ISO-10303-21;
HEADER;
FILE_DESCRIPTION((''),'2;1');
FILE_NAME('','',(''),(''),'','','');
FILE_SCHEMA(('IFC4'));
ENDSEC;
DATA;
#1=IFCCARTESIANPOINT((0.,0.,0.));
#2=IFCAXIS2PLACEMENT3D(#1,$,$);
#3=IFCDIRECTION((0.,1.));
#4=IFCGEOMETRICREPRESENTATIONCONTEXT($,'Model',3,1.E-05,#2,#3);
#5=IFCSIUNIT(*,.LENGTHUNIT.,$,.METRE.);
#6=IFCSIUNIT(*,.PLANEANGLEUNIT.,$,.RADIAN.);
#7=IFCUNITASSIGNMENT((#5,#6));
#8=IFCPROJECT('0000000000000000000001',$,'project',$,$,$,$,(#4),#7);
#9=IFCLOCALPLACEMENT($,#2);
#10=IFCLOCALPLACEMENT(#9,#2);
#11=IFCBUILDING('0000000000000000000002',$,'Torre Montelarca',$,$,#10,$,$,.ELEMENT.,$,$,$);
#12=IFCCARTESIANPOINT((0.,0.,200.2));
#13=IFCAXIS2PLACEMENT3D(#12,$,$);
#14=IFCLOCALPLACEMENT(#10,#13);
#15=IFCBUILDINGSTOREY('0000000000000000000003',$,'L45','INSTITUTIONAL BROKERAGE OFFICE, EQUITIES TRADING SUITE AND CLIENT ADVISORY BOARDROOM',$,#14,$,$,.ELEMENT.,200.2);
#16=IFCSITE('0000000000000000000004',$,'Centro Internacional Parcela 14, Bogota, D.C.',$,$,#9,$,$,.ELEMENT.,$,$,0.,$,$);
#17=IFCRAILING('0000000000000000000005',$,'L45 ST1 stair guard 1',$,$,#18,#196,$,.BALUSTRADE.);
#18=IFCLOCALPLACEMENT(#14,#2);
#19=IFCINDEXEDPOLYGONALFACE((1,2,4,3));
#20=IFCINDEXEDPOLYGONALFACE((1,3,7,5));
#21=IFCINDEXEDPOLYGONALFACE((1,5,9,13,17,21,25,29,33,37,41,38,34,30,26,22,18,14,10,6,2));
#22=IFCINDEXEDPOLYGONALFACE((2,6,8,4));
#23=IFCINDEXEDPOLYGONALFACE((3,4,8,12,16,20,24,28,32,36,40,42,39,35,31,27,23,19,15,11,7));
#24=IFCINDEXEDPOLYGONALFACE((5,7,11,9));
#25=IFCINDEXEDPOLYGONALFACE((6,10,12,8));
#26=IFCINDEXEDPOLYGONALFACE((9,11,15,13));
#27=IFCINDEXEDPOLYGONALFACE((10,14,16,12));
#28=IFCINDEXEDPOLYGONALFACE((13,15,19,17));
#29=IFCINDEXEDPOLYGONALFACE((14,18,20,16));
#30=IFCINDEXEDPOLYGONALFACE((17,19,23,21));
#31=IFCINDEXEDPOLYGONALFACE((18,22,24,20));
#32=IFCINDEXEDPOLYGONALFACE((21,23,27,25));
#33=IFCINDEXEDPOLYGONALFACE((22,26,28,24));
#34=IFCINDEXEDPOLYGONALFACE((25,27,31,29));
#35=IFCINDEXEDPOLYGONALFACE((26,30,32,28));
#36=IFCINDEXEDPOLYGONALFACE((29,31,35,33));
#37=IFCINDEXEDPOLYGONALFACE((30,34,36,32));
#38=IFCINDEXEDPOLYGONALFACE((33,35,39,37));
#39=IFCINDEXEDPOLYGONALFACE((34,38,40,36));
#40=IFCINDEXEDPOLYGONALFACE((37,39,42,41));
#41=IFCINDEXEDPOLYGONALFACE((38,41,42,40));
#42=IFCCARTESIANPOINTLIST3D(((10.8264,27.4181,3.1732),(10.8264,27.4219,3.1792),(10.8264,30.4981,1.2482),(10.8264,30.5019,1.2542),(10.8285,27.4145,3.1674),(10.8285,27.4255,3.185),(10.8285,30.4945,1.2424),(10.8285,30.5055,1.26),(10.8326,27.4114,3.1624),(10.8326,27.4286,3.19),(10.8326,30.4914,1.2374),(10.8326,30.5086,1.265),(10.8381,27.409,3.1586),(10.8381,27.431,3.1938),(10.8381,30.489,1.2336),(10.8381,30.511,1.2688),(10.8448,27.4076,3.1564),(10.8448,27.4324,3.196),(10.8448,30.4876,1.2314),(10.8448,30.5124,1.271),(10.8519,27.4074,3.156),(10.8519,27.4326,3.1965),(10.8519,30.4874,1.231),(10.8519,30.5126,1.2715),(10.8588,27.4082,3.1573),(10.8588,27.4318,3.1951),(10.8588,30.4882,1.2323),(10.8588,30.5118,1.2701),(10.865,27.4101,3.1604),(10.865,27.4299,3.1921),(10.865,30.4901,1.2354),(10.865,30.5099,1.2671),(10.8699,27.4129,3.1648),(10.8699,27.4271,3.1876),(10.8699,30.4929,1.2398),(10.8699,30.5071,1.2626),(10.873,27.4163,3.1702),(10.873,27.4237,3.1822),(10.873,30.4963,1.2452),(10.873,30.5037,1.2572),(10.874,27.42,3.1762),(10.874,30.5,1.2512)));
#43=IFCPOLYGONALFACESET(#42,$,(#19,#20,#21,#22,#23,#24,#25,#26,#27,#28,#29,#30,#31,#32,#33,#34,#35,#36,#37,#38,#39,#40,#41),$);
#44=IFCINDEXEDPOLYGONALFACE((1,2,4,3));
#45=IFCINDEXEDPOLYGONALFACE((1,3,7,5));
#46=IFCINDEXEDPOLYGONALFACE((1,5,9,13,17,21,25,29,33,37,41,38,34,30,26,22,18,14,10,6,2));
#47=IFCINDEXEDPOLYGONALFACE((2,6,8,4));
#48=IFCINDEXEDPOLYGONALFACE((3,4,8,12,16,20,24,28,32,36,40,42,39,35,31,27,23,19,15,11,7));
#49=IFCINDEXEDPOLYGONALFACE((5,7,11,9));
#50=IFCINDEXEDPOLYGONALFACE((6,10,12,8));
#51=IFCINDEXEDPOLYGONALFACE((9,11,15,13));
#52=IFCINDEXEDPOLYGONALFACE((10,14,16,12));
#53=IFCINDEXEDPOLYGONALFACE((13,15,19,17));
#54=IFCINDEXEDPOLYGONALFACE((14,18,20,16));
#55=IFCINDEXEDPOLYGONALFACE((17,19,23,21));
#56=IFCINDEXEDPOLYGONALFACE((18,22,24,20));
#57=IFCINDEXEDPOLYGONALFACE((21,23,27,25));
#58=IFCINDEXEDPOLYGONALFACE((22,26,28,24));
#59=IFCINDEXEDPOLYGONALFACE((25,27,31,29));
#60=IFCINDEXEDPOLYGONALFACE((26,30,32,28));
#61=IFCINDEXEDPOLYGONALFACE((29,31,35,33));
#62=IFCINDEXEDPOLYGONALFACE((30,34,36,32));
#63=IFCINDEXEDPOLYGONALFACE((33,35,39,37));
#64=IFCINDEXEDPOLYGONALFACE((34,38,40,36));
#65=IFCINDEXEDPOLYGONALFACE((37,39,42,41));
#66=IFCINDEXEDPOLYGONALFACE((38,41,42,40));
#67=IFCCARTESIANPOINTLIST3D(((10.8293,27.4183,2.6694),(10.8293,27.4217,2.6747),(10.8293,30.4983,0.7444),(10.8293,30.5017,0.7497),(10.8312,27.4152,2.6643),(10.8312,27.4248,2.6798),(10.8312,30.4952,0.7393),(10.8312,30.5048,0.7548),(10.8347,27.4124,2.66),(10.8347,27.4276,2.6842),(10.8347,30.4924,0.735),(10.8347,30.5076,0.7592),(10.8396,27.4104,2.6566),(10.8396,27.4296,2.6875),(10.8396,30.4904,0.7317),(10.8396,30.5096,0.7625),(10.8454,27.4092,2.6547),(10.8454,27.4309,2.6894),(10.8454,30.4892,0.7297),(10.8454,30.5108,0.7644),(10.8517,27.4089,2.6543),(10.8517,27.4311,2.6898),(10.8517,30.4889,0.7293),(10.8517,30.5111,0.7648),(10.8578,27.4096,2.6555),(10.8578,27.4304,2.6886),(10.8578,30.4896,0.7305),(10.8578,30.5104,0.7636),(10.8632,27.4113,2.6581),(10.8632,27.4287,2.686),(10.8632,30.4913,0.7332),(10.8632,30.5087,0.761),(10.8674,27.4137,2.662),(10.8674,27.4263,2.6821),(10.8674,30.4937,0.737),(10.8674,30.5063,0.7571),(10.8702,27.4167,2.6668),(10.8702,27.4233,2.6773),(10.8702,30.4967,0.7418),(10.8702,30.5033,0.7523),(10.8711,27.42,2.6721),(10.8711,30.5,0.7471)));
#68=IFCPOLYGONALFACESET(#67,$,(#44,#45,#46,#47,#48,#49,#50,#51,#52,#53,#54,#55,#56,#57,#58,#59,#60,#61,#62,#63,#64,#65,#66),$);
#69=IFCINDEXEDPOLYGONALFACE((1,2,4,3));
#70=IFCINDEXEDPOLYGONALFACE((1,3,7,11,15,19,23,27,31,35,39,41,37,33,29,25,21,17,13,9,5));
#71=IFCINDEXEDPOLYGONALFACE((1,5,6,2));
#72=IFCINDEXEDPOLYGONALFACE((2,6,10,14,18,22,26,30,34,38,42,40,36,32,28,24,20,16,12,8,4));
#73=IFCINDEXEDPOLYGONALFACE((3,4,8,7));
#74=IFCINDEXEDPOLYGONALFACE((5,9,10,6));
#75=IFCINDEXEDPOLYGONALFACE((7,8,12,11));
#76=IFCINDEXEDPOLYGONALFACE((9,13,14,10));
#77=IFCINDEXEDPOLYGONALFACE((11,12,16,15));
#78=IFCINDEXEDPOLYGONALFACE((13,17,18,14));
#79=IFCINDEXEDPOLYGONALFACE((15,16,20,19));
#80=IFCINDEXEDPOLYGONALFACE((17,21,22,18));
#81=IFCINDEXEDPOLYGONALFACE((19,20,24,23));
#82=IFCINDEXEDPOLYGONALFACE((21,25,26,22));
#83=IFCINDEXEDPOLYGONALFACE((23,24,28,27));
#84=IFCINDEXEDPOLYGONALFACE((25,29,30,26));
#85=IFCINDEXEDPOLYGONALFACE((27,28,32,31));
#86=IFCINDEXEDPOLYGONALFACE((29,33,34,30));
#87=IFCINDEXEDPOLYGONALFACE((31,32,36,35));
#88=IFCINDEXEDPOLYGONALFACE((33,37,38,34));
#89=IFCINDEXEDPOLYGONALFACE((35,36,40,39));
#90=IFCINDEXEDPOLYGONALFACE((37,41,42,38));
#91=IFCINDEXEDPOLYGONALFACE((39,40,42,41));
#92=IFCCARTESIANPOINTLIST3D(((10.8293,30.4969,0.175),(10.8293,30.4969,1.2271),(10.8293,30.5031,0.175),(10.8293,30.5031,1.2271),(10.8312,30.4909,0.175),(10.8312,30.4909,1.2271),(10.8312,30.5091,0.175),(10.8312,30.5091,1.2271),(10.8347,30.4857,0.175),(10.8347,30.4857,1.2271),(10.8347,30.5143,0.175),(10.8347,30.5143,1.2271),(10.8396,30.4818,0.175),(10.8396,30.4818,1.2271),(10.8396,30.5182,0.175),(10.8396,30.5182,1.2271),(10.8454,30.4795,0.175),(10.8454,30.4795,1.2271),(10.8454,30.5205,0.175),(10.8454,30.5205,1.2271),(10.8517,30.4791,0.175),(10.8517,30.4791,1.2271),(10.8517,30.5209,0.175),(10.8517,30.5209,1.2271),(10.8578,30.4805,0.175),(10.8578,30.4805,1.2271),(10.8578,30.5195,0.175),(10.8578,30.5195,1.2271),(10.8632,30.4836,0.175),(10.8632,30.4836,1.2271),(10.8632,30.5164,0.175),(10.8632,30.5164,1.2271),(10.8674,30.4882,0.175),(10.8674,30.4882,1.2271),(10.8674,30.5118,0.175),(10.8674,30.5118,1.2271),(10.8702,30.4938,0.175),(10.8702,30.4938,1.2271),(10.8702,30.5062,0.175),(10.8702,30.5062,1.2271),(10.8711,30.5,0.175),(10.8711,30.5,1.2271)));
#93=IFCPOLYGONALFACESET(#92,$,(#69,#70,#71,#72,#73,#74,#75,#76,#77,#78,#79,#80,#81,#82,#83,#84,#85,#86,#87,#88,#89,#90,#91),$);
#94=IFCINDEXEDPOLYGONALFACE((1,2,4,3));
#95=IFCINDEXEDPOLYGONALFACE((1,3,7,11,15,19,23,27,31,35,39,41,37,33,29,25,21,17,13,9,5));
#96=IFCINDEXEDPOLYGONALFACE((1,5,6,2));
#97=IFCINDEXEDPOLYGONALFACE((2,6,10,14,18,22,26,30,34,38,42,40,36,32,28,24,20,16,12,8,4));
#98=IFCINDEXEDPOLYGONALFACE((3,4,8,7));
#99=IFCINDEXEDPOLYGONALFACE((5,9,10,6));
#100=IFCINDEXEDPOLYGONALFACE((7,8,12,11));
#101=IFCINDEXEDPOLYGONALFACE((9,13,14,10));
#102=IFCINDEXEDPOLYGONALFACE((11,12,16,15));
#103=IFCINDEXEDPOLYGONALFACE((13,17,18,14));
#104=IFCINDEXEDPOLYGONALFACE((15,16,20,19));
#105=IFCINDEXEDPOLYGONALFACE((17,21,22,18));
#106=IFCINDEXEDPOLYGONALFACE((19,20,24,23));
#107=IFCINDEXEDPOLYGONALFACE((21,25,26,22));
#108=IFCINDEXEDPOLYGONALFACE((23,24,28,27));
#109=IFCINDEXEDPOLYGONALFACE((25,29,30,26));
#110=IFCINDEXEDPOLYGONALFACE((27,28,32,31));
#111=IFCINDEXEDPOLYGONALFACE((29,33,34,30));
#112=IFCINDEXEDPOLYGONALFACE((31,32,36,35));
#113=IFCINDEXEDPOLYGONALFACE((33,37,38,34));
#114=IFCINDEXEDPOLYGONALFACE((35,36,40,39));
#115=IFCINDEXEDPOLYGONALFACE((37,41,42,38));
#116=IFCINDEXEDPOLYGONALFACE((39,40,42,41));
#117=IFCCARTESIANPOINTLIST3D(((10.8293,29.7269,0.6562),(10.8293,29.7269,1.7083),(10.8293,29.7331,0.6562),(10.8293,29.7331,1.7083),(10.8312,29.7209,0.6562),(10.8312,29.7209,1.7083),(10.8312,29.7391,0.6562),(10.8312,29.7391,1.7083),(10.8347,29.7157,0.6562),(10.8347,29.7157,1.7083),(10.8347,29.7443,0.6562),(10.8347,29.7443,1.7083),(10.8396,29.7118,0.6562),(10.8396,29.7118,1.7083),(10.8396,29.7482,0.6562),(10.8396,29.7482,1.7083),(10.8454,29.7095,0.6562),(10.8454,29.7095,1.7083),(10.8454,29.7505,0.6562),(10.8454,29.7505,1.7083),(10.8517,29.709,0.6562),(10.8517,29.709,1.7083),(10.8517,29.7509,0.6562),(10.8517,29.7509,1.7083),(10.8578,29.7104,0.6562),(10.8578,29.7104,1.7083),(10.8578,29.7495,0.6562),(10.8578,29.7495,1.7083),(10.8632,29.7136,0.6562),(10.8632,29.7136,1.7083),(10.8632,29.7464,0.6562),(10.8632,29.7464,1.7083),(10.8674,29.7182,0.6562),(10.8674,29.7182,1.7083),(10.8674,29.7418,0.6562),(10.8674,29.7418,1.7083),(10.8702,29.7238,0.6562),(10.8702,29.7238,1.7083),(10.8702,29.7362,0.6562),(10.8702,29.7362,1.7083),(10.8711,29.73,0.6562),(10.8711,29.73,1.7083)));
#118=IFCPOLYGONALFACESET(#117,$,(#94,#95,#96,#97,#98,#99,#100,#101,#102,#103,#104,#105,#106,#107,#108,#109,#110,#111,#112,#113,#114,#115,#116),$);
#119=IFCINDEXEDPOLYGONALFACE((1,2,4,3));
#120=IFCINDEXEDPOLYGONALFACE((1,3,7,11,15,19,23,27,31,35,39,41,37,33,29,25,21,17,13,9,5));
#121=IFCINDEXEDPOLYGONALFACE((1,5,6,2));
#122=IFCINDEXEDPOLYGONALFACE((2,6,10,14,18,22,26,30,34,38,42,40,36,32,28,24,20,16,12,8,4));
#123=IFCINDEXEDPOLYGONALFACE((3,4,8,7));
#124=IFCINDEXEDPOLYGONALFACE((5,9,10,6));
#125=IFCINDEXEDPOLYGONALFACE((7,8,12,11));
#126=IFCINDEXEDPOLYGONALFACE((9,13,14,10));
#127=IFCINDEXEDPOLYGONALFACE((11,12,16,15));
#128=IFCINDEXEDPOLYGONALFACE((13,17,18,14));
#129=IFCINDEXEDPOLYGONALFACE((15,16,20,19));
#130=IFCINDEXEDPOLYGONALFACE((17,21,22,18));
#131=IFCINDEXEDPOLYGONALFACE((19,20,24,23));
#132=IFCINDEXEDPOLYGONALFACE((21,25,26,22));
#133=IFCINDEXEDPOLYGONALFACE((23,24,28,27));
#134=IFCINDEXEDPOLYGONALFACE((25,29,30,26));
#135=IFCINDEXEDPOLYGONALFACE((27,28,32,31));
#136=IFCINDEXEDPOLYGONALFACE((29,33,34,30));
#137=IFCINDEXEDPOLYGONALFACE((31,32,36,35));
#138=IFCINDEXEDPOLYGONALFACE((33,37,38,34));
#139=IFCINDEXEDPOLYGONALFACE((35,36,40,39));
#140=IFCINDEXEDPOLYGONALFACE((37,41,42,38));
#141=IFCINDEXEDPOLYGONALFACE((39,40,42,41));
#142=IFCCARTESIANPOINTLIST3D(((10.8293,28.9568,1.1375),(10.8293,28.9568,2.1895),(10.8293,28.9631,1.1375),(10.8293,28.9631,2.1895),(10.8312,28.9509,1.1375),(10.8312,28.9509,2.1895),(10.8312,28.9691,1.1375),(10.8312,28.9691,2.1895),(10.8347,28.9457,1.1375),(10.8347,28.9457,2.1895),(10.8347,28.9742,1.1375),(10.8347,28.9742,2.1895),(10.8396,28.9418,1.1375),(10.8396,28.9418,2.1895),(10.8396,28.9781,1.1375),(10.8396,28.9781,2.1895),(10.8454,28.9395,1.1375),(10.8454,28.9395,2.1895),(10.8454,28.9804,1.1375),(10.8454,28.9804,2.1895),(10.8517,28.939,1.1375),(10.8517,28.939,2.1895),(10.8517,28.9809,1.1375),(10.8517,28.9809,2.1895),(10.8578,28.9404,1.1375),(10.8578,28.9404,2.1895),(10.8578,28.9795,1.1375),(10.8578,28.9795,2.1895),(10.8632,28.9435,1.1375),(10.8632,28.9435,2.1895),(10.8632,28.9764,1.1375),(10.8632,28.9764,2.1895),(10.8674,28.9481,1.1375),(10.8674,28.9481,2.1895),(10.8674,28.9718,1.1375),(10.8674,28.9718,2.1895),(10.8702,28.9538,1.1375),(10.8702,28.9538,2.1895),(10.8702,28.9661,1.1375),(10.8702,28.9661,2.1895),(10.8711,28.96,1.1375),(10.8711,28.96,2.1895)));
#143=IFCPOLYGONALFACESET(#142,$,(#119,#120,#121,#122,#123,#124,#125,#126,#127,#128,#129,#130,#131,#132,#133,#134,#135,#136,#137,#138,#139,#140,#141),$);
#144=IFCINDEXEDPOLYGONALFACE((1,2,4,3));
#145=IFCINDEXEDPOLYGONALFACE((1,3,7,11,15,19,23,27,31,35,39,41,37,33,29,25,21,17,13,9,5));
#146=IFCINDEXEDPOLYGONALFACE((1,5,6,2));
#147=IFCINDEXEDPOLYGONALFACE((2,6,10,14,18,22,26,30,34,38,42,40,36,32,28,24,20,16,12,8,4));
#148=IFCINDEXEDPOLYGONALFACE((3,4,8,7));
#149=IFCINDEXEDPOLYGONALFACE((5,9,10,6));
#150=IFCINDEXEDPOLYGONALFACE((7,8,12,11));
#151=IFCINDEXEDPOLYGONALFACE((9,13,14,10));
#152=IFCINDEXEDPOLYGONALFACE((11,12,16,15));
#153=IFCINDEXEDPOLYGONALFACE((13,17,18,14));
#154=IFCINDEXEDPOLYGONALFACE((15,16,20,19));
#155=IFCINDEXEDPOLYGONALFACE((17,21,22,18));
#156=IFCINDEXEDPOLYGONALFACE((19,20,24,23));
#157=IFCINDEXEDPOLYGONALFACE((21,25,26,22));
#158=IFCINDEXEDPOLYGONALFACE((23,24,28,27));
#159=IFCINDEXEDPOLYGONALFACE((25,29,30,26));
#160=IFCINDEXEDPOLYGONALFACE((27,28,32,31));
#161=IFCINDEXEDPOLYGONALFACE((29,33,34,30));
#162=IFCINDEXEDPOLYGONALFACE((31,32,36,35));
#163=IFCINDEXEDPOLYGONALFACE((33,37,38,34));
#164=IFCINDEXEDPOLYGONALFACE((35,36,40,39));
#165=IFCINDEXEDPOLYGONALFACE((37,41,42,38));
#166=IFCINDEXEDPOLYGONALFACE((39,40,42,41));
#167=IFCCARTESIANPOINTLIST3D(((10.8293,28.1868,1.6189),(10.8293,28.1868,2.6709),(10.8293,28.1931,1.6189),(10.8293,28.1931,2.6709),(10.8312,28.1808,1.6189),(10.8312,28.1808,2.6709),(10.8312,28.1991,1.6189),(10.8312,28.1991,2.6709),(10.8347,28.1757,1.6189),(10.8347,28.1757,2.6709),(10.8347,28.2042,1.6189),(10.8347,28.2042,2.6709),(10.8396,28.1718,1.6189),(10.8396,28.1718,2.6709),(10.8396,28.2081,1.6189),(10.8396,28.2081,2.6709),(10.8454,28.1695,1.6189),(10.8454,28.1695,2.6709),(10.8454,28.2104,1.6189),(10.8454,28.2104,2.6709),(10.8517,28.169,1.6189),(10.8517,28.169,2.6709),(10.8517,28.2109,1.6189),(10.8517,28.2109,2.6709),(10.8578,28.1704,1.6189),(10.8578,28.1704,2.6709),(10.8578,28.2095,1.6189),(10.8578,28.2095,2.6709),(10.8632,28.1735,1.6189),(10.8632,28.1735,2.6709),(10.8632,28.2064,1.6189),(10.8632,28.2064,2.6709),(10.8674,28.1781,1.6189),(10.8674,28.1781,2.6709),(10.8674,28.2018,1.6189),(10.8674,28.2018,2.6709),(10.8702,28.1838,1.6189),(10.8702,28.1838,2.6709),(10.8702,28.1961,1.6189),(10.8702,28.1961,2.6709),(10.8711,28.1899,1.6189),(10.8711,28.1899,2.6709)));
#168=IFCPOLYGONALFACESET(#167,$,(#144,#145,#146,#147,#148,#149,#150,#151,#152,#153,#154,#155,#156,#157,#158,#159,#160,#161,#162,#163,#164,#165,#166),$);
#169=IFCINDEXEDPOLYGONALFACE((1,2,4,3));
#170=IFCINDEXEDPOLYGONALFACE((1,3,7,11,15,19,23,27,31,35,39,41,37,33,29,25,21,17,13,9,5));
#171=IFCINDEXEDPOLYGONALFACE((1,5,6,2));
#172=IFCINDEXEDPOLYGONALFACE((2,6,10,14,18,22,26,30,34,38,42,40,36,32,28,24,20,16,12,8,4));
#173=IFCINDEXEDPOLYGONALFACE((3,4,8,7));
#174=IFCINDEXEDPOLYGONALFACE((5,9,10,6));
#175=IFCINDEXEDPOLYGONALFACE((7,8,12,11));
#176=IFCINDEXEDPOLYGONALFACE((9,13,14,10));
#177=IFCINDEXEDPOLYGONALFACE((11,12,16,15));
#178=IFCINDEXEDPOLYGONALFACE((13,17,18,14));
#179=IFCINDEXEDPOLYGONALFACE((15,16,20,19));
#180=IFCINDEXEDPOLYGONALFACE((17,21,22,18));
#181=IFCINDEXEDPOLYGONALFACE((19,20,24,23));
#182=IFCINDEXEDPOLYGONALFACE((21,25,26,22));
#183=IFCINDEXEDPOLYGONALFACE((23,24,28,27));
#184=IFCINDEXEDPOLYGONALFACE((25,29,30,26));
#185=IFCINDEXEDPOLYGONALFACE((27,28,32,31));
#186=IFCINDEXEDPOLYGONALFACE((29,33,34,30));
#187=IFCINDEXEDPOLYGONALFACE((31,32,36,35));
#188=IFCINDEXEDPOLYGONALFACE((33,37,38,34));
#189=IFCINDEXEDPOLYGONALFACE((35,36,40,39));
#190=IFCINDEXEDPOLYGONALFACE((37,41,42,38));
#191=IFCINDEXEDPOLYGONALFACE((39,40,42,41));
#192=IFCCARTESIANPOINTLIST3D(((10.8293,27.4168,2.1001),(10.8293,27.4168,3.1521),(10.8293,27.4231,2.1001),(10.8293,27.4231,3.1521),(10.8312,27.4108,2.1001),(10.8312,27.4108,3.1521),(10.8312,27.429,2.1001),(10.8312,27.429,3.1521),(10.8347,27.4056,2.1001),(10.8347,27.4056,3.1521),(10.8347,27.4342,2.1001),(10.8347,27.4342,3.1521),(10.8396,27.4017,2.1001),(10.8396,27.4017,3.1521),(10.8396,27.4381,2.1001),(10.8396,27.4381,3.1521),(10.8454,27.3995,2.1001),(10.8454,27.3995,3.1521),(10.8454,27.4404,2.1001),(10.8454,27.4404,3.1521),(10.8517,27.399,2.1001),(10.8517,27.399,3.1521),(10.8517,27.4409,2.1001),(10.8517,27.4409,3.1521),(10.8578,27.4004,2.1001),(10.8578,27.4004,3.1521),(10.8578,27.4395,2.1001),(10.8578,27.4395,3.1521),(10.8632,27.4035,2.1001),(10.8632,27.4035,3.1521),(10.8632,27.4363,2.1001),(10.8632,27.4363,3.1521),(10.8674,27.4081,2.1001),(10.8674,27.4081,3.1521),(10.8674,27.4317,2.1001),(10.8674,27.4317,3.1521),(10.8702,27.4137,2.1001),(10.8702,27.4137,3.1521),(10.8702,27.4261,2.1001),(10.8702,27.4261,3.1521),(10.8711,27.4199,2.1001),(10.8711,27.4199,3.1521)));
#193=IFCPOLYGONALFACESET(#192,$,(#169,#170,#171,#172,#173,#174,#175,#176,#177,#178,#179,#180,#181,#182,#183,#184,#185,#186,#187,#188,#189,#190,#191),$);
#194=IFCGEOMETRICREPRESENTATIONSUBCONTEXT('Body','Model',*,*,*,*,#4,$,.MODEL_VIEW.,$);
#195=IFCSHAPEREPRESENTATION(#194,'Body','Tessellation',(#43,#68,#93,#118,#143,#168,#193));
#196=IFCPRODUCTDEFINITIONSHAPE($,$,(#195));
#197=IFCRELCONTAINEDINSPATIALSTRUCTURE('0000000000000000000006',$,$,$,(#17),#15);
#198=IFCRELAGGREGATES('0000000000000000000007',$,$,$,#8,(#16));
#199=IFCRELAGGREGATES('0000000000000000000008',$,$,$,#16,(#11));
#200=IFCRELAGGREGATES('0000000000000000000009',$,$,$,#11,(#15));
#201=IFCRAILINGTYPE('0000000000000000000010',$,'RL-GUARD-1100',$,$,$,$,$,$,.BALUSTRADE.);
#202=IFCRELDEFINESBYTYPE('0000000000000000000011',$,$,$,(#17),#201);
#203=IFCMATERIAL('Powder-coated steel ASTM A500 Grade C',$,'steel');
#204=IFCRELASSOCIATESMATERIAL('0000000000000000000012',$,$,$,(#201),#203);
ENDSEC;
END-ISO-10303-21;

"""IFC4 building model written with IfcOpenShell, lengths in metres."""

from ifc_helpers import new_model, si_unit, direction, frame, origin, origin_2d, place, context, subcontext, project, spatial, circle, extrude, material, type_object, element, save


model = new_model("IFC4")

# Units and contexts
model_context = context("Model", 3, precision=1e-05, world=origin(), true_north=direction((0.0, 1.0)))
body_context = subcontext(model_context, "Body", "Model", "MODEL_VIEW")
ifc_project = project(units=[si_unit("LENGTHUNIT", "METRE"), si_unit("PLANEANGLEUNIT", "RADIAN")], contexts=[model_context])

# Site, building, storey
site_placement = place(None, origin())
site = spatial("IfcSite", under=ifc_project, at=site_placement, Name="Centro Internacional Parcela 14, Bogota, D.C.", CompositionType="ELEMENT", RefElevation=0.0)
building_placement = place(site_placement, origin())
building = spatial("IfcBuilding", under=site, at=building_placement, Name="Torre Montelarca", CompositionType="ELEMENT")
storey_placement = place(building_placement, frame((0.0, 0.0, 200.2)))
storey = spatial("IfcBuildingStorey", under=building, at=storey_placement, Name="L45", Description="INSTITUTIONAL BROKERAGE OFFICE, EQUITIES TRADING SUITE AND CLIENT ADVISORY BOARDROOM", CompositionType="ELEMENT", Elevation=200.2)

# Railing
ifc_material_1 = material(Name="Powder-coated steel ASTM A500 Grade C", Category="steel")
railing_type_1 = type_object("IfcRailingType", Name="RL-GUARD-1100", PredefinedType="BALUSTRADE", material=ifc_material_1)
railing_1_placement = place(storey_placement, frame((10.8501, 30.5, 0.175)))
element("IfcRailing", 1, at=railing_1_placement, inside=storey, type_object=railing_type_1, Name="L45 ST1 stair guard 1", PredefinedType="BALUSTRADE", context=body_context, shape_type="SweptSolid", body=[
    extrude(circle(Radius=0.0239, at=origin_2d()), frame((0.0, 0.0, 1.0762), z_axis=(0.0, -0.847998, 0.529999), x_axis=(1.0, 0.0, 0.0)), (0.0, 0.0, 1.0), 3.6321),
    extrude(circle(Radius=0.021, at=origin_2d()), frame((0.0, 0.0, 0.572), z_axis=(0.0, -0.847998, 0.529999), x_axis=(1.0, 0.0, 0.0)), (0.0, 0.0, 1.0), 3.6321),
    extrude(circle(Radius=0.021, at=origin_2d()), origin(), (0.0, 0.0, 1.0), 1.052),
    extrude(circle(Radius=0.021, at=origin_2d()), frame((0.0, -0.77, 0.4812)), (0.0, 0.0, 1.0), 1.052),
    extrude(circle(Radius=0.021, at=origin_2d()), frame((0.0, -1.54, 0.9624)), (0.0, 0.0, 1.0), 1.052),
    extrude(circle(Radius=0.021, at=origin_2d()), frame((0.0, -2.3101, 1.4438)), (0.0, 0.0, 1.0), 1.052),
    extrude(circle(Radius=0.021, at=origin_2d()), frame((0.0, -3.0801, 1.925)), (0.0, 0.0, 1.0), 1.052),
])

save(model, "model.ifc")
